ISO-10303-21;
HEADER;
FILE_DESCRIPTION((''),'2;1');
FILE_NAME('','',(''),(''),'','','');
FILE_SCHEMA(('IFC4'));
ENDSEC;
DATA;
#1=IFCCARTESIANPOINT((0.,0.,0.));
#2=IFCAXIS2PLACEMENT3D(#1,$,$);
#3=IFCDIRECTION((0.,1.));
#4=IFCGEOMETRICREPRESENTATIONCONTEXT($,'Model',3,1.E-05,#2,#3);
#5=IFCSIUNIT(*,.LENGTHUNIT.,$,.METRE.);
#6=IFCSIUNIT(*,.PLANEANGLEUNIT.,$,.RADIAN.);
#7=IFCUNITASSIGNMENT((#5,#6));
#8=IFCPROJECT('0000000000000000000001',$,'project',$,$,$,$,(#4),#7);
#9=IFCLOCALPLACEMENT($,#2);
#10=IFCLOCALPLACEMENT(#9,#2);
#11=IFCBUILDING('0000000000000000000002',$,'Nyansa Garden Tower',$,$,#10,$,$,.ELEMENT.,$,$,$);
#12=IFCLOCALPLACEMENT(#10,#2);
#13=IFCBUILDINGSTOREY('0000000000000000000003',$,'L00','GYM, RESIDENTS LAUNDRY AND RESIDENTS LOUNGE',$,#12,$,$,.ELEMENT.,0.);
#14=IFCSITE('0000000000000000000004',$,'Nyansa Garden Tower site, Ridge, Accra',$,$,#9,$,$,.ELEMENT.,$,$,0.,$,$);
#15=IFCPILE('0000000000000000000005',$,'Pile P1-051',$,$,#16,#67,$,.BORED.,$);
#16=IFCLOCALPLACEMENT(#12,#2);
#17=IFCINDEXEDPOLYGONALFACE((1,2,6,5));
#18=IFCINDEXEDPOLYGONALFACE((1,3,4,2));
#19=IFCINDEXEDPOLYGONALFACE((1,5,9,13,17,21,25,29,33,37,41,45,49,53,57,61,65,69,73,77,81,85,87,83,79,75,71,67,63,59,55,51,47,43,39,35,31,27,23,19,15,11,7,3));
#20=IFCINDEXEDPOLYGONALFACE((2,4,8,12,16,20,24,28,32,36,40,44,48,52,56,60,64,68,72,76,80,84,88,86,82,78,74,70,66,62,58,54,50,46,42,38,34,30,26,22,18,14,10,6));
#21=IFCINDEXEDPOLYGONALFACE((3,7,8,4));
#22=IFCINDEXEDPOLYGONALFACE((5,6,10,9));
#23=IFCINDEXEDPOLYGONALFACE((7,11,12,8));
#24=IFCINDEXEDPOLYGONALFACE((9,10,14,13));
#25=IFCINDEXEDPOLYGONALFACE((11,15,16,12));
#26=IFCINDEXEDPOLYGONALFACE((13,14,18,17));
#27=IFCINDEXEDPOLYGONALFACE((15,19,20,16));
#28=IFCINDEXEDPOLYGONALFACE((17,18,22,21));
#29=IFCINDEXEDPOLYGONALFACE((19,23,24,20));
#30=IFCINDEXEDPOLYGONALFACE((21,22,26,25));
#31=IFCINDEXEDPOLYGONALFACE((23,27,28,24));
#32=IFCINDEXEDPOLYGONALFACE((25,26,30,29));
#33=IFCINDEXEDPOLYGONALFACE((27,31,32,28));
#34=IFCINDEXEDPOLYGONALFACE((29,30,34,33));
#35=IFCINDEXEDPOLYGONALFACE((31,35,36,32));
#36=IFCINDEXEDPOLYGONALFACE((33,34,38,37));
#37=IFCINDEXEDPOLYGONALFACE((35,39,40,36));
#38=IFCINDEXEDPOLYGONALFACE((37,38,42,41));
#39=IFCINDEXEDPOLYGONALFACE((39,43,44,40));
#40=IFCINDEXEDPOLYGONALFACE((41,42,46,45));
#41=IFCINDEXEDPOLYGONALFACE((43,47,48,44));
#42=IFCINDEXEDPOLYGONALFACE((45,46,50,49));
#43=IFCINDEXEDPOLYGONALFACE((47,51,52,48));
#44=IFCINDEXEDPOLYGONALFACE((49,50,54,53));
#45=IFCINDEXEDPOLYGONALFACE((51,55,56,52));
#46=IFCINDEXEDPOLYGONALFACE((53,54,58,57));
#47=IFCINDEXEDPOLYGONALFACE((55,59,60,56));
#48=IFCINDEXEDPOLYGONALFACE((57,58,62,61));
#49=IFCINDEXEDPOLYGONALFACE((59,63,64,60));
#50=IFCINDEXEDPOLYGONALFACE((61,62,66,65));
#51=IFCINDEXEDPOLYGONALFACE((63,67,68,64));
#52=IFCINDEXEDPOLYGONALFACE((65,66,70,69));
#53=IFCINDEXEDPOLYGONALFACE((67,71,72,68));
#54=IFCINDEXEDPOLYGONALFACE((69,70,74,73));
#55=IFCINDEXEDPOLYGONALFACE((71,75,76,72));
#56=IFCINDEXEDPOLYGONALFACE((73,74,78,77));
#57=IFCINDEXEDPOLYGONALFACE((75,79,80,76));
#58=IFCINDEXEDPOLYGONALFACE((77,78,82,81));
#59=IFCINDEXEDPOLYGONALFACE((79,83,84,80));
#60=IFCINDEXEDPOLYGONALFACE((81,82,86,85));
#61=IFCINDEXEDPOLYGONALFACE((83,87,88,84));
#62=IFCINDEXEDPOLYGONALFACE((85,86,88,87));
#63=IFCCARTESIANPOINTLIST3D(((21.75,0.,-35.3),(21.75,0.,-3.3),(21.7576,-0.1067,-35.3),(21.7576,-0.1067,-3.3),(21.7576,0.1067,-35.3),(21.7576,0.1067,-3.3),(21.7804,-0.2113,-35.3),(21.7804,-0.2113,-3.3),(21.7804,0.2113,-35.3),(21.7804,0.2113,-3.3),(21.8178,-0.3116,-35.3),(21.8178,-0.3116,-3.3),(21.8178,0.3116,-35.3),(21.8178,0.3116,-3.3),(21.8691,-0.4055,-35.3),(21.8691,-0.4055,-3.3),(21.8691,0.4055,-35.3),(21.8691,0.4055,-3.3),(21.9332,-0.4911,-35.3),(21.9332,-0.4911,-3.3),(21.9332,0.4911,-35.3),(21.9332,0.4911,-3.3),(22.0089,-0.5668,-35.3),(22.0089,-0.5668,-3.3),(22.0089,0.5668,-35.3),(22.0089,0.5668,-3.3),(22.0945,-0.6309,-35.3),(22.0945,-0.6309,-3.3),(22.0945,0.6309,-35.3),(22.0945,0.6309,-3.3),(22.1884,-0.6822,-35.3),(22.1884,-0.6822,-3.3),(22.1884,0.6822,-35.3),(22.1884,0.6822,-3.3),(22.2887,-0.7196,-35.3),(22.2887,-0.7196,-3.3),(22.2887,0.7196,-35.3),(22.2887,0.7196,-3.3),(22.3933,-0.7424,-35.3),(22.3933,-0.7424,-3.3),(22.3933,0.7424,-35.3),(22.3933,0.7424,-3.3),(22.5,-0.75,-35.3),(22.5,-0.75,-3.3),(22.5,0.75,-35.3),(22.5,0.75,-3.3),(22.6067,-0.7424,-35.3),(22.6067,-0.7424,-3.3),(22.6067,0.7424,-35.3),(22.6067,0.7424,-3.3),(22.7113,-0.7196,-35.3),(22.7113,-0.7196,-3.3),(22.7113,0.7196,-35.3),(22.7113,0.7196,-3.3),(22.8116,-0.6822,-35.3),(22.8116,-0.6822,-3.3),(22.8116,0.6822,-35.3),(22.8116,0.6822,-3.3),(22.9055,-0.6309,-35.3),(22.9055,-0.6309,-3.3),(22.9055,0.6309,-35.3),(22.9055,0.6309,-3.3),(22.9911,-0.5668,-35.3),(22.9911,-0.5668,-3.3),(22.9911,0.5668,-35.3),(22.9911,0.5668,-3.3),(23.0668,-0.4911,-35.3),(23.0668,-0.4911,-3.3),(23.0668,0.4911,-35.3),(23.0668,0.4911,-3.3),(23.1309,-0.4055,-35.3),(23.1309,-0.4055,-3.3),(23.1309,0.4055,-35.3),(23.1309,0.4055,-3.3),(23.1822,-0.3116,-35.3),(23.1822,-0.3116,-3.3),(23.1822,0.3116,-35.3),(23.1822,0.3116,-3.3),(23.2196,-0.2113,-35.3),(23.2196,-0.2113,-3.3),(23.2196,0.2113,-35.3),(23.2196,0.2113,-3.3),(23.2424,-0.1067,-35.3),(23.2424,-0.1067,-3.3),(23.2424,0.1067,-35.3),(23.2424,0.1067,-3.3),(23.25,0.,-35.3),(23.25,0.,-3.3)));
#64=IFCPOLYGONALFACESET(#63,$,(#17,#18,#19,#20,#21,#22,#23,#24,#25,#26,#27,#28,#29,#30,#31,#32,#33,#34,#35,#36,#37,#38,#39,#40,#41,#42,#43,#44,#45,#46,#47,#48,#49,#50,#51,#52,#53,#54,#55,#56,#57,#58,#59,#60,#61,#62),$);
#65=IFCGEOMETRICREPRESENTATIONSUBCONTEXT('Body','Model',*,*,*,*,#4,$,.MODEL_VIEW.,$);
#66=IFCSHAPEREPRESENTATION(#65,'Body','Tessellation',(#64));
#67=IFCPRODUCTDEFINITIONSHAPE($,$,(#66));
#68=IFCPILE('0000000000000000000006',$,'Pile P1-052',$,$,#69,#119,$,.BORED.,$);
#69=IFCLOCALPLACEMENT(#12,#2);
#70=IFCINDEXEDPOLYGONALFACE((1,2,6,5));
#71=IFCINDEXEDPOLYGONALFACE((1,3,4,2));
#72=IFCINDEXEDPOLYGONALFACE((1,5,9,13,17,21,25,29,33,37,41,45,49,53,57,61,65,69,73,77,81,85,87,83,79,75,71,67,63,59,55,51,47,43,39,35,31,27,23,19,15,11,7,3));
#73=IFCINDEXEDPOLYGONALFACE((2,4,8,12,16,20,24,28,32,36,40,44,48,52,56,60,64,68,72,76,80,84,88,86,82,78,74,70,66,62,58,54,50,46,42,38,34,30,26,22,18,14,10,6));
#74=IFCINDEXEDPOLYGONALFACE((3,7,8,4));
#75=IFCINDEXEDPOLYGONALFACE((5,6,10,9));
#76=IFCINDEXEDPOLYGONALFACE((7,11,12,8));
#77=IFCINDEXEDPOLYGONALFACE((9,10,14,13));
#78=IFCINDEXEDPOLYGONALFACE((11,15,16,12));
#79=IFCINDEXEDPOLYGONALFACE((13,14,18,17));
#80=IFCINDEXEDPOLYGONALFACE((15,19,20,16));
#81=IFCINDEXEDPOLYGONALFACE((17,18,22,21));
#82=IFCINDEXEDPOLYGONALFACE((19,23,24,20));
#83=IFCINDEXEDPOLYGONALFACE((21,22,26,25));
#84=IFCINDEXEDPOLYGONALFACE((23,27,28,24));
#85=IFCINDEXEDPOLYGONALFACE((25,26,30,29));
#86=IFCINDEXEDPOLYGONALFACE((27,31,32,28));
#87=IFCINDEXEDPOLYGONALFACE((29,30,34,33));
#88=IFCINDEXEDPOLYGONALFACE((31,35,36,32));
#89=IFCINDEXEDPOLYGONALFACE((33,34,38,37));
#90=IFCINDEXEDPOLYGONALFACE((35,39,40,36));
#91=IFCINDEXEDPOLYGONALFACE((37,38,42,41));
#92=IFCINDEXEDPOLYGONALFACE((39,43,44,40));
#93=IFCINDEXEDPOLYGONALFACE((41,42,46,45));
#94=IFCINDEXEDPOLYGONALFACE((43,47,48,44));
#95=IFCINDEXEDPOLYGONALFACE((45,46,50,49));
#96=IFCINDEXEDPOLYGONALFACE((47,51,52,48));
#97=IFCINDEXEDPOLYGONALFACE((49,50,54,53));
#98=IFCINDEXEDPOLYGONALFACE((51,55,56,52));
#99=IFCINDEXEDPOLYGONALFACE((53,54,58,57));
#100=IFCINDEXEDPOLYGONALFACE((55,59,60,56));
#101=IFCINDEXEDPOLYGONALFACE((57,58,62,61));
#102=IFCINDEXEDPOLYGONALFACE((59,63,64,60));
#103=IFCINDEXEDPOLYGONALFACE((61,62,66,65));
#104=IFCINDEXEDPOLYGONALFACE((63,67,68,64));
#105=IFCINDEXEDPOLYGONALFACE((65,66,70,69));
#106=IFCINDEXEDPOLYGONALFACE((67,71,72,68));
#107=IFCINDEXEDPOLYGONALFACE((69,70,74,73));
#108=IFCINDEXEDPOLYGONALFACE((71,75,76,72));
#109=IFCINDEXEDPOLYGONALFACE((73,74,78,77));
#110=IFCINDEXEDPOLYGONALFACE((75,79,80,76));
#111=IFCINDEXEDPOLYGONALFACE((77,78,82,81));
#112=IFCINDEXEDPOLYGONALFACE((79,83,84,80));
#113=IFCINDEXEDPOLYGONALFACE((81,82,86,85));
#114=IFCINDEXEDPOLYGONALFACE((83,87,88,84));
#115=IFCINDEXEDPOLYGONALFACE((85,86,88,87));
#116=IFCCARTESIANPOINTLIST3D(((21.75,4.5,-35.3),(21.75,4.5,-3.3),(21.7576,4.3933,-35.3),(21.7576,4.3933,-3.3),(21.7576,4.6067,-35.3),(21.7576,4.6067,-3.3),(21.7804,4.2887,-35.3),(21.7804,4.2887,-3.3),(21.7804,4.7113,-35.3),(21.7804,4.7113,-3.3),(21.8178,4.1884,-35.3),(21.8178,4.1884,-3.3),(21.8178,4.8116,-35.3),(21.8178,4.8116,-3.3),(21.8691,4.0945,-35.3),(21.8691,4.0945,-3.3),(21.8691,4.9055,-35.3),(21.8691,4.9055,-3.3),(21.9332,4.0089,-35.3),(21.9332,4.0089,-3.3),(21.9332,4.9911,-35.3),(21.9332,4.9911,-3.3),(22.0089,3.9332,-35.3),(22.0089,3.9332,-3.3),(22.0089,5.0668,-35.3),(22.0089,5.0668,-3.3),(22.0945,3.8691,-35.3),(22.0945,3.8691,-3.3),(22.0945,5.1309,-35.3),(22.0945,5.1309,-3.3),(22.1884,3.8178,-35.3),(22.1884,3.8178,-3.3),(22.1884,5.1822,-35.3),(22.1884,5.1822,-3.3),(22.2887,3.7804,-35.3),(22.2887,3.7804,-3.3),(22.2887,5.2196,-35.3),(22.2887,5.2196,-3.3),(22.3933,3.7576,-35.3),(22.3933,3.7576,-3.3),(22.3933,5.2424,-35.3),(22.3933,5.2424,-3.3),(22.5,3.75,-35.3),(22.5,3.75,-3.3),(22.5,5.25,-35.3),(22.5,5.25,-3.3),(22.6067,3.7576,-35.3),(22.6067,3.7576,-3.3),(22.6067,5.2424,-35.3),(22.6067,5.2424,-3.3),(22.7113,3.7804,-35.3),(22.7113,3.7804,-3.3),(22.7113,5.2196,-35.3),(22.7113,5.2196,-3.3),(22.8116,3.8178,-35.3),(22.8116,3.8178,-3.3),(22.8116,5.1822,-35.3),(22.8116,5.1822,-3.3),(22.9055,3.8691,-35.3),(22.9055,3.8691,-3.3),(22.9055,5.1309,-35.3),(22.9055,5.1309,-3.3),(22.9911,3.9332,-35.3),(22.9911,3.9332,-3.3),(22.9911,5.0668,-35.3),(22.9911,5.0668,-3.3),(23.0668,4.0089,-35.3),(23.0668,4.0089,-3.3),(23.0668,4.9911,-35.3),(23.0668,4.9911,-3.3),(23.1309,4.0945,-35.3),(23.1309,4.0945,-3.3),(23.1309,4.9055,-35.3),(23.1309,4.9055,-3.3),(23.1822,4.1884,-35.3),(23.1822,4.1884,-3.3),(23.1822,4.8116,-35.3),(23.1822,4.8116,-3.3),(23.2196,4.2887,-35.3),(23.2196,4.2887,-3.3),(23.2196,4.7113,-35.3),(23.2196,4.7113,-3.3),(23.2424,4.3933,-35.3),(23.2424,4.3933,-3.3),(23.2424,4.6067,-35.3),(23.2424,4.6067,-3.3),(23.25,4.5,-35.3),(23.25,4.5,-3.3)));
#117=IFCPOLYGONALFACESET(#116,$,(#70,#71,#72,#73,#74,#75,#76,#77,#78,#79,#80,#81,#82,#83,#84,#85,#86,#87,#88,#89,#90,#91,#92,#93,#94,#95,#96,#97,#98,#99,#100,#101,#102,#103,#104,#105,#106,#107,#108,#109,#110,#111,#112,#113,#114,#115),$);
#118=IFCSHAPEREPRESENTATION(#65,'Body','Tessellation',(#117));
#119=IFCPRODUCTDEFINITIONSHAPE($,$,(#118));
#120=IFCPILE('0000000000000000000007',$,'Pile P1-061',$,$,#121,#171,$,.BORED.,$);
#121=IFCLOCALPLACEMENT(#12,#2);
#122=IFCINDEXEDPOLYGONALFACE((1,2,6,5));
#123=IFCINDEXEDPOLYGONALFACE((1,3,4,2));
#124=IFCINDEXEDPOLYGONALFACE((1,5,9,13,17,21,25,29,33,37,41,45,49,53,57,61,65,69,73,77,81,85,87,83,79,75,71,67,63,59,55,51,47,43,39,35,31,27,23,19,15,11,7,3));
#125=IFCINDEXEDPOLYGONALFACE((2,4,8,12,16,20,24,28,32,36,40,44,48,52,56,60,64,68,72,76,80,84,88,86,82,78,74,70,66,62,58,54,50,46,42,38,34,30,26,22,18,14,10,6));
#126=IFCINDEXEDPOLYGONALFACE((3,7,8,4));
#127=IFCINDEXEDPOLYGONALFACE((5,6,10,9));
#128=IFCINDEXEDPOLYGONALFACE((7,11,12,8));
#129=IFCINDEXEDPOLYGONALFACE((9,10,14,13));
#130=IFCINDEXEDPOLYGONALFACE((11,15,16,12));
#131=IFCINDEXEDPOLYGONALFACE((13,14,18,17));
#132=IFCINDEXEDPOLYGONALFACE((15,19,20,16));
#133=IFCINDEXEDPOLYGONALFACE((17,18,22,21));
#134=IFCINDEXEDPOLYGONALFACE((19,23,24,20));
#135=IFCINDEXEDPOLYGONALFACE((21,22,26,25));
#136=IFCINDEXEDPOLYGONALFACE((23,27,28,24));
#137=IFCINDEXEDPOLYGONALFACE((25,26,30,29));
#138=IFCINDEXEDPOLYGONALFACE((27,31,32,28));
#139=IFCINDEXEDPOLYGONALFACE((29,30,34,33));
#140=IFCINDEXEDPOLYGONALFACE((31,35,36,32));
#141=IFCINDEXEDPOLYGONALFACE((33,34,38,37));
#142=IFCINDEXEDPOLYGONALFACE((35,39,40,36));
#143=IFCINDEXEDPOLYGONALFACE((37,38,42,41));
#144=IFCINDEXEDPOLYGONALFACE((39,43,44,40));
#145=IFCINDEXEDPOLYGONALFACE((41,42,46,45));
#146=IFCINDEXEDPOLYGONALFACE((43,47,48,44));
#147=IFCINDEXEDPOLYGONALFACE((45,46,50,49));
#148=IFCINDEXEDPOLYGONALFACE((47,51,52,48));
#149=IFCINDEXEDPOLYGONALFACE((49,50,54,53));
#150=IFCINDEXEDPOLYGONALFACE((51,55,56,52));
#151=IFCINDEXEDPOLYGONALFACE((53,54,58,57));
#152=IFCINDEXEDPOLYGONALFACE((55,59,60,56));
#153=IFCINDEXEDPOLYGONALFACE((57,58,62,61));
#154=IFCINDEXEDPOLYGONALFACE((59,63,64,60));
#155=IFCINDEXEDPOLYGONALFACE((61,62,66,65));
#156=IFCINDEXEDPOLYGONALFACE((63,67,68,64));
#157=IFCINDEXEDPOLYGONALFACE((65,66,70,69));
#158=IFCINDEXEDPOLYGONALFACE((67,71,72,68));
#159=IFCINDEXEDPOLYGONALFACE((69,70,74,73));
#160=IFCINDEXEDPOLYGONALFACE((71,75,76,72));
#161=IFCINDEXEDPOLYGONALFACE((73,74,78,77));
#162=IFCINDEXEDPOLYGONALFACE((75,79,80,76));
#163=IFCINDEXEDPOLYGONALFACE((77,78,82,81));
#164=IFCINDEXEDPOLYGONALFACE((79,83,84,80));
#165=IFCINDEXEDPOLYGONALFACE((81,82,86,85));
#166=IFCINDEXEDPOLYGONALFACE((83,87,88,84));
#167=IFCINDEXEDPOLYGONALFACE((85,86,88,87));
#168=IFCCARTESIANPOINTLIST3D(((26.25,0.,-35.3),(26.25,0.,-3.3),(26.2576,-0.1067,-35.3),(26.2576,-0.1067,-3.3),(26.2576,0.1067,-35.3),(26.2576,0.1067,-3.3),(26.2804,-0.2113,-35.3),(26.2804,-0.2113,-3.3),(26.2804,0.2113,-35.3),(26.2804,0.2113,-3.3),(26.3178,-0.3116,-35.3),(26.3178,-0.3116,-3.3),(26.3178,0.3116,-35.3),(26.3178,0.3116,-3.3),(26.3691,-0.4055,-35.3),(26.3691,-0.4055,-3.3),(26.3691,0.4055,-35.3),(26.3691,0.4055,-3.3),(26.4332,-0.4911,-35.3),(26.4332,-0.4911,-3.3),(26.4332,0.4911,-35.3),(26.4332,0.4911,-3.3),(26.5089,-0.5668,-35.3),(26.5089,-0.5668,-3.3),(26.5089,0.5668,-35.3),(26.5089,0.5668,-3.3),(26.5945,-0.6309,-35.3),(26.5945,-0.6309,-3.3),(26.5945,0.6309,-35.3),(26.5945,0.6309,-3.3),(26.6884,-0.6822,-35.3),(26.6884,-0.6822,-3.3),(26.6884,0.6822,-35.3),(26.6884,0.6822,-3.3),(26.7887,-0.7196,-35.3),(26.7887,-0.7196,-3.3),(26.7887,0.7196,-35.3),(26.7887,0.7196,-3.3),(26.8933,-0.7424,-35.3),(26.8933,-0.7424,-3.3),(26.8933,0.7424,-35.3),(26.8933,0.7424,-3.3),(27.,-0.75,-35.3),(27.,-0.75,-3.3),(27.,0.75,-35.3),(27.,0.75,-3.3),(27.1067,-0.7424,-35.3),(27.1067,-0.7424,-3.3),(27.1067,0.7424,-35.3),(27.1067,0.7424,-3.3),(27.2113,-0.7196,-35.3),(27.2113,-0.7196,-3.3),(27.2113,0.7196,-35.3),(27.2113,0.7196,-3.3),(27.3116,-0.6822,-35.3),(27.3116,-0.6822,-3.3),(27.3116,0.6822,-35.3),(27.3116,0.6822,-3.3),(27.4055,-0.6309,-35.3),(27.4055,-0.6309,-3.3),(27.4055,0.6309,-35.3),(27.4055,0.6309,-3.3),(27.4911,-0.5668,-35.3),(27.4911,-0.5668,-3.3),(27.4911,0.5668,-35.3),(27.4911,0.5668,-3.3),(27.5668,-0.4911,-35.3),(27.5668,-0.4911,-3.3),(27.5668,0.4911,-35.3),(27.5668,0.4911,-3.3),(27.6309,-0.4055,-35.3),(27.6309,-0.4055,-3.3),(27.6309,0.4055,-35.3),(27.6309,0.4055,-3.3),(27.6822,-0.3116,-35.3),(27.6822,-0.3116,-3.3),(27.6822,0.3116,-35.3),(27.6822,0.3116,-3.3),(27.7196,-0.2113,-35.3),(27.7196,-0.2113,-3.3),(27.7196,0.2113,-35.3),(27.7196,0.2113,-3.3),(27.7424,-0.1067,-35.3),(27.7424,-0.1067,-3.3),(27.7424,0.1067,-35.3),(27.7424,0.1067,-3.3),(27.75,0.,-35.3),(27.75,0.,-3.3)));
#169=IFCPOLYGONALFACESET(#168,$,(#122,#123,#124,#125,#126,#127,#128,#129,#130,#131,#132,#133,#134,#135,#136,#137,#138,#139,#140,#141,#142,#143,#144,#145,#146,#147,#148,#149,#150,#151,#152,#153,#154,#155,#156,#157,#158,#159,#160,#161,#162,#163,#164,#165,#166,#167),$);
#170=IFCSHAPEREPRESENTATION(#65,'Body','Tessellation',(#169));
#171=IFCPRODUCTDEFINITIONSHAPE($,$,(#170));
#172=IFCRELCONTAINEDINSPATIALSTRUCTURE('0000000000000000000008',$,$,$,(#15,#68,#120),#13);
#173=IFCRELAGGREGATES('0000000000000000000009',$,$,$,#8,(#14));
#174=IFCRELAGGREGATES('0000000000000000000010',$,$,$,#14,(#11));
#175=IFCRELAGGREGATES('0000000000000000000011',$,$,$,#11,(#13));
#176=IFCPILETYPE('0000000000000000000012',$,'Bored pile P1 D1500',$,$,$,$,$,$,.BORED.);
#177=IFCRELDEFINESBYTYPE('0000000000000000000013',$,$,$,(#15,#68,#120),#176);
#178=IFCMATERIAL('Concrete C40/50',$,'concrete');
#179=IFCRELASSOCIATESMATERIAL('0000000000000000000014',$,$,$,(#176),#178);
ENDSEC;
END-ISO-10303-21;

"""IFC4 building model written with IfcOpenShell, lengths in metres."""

from ifc_helpers import new_model, si_unit, direction, frame, origin, origin_2d, place, context, subcontext, project, spatial, circle, extrude, material, type_object, element, save


model = new_model("IFC4")

# Units and contexts
model_context = context("Model", 3, precision=1e-05, world=origin(), true_north=direction((0.0, 1.0)))
body_context = subcontext(model_context, "Body", "Model", "MODEL_VIEW")
ifc_project = project(units=[si_unit("LENGTHUNIT", "METRE"), si_unit("PLANEANGLEUNIT", "RADIAN")], contexts=[model_context])

# Site, building, storey
site_placement = place(None, origin())
site = spatial("IfcSite", under=ifc_project, at=site_placement, Name="Nyansa Garden Tower site, Ridge, Accra", CompositionType="ELEMENT", RefElevation=0.0)
building_placement = place(site_placement, origin())
building = spatial("IfcBuilding", under=site, at=building_placement, Name="Nyansa Garden Tower", CompositionType="ELEMENT")
storey_placement = place(building_placement, origin())
storey = spatial("IfcBuildingStorey", under=building, at=storey_placement, Name="L00", Description="GYM, RESIDENTS LAUNDRY AND RESIDENTS LOUNGE", CompositionType="ELEMENT", Elevation=0.0)

# Piles
ifc_material_1 = material(Name="Concrete C40/50", Category="concrete")
pile_type_1 = type_object("IfcPileType", Name="Bored pile P1 D1500", PredefinedType="BORED", material=ifc_material_1)
for number, where, z_axis, x_axis, name in (
    (1, (22.5, 0.0, -3.3), (0.0, 0.0, -1.0), (1.0, 0.0, 0.0), "Pile P1-051"),
    (2, (22.5, 4.5, -3.3), (0.0, 0.0, -1.0), (1.0, 0.0, 0.0), "Pile P1-052"),
    (3, (27.0, 0.0, -3.3), (0.0, 0.0, -1.0), (1.0, 0.0, 0.0), "Pile P1-061"),
):
    element("IfcPile", number, at=place(storey_placement, frame(where, z_axis=z_axis, x_axis=x_axis)), inside=storey, type_object=pile_type_1, Name=name, PredefinedType="BORED", context=body_context, shape_type="SweptSolid", body=[
        extrude(circle(Radius=0.75, at=origin_2d()), origin(), (0.0, 0.0, 1.0), 32.0),
    ])

save(model, "model.ifc")
